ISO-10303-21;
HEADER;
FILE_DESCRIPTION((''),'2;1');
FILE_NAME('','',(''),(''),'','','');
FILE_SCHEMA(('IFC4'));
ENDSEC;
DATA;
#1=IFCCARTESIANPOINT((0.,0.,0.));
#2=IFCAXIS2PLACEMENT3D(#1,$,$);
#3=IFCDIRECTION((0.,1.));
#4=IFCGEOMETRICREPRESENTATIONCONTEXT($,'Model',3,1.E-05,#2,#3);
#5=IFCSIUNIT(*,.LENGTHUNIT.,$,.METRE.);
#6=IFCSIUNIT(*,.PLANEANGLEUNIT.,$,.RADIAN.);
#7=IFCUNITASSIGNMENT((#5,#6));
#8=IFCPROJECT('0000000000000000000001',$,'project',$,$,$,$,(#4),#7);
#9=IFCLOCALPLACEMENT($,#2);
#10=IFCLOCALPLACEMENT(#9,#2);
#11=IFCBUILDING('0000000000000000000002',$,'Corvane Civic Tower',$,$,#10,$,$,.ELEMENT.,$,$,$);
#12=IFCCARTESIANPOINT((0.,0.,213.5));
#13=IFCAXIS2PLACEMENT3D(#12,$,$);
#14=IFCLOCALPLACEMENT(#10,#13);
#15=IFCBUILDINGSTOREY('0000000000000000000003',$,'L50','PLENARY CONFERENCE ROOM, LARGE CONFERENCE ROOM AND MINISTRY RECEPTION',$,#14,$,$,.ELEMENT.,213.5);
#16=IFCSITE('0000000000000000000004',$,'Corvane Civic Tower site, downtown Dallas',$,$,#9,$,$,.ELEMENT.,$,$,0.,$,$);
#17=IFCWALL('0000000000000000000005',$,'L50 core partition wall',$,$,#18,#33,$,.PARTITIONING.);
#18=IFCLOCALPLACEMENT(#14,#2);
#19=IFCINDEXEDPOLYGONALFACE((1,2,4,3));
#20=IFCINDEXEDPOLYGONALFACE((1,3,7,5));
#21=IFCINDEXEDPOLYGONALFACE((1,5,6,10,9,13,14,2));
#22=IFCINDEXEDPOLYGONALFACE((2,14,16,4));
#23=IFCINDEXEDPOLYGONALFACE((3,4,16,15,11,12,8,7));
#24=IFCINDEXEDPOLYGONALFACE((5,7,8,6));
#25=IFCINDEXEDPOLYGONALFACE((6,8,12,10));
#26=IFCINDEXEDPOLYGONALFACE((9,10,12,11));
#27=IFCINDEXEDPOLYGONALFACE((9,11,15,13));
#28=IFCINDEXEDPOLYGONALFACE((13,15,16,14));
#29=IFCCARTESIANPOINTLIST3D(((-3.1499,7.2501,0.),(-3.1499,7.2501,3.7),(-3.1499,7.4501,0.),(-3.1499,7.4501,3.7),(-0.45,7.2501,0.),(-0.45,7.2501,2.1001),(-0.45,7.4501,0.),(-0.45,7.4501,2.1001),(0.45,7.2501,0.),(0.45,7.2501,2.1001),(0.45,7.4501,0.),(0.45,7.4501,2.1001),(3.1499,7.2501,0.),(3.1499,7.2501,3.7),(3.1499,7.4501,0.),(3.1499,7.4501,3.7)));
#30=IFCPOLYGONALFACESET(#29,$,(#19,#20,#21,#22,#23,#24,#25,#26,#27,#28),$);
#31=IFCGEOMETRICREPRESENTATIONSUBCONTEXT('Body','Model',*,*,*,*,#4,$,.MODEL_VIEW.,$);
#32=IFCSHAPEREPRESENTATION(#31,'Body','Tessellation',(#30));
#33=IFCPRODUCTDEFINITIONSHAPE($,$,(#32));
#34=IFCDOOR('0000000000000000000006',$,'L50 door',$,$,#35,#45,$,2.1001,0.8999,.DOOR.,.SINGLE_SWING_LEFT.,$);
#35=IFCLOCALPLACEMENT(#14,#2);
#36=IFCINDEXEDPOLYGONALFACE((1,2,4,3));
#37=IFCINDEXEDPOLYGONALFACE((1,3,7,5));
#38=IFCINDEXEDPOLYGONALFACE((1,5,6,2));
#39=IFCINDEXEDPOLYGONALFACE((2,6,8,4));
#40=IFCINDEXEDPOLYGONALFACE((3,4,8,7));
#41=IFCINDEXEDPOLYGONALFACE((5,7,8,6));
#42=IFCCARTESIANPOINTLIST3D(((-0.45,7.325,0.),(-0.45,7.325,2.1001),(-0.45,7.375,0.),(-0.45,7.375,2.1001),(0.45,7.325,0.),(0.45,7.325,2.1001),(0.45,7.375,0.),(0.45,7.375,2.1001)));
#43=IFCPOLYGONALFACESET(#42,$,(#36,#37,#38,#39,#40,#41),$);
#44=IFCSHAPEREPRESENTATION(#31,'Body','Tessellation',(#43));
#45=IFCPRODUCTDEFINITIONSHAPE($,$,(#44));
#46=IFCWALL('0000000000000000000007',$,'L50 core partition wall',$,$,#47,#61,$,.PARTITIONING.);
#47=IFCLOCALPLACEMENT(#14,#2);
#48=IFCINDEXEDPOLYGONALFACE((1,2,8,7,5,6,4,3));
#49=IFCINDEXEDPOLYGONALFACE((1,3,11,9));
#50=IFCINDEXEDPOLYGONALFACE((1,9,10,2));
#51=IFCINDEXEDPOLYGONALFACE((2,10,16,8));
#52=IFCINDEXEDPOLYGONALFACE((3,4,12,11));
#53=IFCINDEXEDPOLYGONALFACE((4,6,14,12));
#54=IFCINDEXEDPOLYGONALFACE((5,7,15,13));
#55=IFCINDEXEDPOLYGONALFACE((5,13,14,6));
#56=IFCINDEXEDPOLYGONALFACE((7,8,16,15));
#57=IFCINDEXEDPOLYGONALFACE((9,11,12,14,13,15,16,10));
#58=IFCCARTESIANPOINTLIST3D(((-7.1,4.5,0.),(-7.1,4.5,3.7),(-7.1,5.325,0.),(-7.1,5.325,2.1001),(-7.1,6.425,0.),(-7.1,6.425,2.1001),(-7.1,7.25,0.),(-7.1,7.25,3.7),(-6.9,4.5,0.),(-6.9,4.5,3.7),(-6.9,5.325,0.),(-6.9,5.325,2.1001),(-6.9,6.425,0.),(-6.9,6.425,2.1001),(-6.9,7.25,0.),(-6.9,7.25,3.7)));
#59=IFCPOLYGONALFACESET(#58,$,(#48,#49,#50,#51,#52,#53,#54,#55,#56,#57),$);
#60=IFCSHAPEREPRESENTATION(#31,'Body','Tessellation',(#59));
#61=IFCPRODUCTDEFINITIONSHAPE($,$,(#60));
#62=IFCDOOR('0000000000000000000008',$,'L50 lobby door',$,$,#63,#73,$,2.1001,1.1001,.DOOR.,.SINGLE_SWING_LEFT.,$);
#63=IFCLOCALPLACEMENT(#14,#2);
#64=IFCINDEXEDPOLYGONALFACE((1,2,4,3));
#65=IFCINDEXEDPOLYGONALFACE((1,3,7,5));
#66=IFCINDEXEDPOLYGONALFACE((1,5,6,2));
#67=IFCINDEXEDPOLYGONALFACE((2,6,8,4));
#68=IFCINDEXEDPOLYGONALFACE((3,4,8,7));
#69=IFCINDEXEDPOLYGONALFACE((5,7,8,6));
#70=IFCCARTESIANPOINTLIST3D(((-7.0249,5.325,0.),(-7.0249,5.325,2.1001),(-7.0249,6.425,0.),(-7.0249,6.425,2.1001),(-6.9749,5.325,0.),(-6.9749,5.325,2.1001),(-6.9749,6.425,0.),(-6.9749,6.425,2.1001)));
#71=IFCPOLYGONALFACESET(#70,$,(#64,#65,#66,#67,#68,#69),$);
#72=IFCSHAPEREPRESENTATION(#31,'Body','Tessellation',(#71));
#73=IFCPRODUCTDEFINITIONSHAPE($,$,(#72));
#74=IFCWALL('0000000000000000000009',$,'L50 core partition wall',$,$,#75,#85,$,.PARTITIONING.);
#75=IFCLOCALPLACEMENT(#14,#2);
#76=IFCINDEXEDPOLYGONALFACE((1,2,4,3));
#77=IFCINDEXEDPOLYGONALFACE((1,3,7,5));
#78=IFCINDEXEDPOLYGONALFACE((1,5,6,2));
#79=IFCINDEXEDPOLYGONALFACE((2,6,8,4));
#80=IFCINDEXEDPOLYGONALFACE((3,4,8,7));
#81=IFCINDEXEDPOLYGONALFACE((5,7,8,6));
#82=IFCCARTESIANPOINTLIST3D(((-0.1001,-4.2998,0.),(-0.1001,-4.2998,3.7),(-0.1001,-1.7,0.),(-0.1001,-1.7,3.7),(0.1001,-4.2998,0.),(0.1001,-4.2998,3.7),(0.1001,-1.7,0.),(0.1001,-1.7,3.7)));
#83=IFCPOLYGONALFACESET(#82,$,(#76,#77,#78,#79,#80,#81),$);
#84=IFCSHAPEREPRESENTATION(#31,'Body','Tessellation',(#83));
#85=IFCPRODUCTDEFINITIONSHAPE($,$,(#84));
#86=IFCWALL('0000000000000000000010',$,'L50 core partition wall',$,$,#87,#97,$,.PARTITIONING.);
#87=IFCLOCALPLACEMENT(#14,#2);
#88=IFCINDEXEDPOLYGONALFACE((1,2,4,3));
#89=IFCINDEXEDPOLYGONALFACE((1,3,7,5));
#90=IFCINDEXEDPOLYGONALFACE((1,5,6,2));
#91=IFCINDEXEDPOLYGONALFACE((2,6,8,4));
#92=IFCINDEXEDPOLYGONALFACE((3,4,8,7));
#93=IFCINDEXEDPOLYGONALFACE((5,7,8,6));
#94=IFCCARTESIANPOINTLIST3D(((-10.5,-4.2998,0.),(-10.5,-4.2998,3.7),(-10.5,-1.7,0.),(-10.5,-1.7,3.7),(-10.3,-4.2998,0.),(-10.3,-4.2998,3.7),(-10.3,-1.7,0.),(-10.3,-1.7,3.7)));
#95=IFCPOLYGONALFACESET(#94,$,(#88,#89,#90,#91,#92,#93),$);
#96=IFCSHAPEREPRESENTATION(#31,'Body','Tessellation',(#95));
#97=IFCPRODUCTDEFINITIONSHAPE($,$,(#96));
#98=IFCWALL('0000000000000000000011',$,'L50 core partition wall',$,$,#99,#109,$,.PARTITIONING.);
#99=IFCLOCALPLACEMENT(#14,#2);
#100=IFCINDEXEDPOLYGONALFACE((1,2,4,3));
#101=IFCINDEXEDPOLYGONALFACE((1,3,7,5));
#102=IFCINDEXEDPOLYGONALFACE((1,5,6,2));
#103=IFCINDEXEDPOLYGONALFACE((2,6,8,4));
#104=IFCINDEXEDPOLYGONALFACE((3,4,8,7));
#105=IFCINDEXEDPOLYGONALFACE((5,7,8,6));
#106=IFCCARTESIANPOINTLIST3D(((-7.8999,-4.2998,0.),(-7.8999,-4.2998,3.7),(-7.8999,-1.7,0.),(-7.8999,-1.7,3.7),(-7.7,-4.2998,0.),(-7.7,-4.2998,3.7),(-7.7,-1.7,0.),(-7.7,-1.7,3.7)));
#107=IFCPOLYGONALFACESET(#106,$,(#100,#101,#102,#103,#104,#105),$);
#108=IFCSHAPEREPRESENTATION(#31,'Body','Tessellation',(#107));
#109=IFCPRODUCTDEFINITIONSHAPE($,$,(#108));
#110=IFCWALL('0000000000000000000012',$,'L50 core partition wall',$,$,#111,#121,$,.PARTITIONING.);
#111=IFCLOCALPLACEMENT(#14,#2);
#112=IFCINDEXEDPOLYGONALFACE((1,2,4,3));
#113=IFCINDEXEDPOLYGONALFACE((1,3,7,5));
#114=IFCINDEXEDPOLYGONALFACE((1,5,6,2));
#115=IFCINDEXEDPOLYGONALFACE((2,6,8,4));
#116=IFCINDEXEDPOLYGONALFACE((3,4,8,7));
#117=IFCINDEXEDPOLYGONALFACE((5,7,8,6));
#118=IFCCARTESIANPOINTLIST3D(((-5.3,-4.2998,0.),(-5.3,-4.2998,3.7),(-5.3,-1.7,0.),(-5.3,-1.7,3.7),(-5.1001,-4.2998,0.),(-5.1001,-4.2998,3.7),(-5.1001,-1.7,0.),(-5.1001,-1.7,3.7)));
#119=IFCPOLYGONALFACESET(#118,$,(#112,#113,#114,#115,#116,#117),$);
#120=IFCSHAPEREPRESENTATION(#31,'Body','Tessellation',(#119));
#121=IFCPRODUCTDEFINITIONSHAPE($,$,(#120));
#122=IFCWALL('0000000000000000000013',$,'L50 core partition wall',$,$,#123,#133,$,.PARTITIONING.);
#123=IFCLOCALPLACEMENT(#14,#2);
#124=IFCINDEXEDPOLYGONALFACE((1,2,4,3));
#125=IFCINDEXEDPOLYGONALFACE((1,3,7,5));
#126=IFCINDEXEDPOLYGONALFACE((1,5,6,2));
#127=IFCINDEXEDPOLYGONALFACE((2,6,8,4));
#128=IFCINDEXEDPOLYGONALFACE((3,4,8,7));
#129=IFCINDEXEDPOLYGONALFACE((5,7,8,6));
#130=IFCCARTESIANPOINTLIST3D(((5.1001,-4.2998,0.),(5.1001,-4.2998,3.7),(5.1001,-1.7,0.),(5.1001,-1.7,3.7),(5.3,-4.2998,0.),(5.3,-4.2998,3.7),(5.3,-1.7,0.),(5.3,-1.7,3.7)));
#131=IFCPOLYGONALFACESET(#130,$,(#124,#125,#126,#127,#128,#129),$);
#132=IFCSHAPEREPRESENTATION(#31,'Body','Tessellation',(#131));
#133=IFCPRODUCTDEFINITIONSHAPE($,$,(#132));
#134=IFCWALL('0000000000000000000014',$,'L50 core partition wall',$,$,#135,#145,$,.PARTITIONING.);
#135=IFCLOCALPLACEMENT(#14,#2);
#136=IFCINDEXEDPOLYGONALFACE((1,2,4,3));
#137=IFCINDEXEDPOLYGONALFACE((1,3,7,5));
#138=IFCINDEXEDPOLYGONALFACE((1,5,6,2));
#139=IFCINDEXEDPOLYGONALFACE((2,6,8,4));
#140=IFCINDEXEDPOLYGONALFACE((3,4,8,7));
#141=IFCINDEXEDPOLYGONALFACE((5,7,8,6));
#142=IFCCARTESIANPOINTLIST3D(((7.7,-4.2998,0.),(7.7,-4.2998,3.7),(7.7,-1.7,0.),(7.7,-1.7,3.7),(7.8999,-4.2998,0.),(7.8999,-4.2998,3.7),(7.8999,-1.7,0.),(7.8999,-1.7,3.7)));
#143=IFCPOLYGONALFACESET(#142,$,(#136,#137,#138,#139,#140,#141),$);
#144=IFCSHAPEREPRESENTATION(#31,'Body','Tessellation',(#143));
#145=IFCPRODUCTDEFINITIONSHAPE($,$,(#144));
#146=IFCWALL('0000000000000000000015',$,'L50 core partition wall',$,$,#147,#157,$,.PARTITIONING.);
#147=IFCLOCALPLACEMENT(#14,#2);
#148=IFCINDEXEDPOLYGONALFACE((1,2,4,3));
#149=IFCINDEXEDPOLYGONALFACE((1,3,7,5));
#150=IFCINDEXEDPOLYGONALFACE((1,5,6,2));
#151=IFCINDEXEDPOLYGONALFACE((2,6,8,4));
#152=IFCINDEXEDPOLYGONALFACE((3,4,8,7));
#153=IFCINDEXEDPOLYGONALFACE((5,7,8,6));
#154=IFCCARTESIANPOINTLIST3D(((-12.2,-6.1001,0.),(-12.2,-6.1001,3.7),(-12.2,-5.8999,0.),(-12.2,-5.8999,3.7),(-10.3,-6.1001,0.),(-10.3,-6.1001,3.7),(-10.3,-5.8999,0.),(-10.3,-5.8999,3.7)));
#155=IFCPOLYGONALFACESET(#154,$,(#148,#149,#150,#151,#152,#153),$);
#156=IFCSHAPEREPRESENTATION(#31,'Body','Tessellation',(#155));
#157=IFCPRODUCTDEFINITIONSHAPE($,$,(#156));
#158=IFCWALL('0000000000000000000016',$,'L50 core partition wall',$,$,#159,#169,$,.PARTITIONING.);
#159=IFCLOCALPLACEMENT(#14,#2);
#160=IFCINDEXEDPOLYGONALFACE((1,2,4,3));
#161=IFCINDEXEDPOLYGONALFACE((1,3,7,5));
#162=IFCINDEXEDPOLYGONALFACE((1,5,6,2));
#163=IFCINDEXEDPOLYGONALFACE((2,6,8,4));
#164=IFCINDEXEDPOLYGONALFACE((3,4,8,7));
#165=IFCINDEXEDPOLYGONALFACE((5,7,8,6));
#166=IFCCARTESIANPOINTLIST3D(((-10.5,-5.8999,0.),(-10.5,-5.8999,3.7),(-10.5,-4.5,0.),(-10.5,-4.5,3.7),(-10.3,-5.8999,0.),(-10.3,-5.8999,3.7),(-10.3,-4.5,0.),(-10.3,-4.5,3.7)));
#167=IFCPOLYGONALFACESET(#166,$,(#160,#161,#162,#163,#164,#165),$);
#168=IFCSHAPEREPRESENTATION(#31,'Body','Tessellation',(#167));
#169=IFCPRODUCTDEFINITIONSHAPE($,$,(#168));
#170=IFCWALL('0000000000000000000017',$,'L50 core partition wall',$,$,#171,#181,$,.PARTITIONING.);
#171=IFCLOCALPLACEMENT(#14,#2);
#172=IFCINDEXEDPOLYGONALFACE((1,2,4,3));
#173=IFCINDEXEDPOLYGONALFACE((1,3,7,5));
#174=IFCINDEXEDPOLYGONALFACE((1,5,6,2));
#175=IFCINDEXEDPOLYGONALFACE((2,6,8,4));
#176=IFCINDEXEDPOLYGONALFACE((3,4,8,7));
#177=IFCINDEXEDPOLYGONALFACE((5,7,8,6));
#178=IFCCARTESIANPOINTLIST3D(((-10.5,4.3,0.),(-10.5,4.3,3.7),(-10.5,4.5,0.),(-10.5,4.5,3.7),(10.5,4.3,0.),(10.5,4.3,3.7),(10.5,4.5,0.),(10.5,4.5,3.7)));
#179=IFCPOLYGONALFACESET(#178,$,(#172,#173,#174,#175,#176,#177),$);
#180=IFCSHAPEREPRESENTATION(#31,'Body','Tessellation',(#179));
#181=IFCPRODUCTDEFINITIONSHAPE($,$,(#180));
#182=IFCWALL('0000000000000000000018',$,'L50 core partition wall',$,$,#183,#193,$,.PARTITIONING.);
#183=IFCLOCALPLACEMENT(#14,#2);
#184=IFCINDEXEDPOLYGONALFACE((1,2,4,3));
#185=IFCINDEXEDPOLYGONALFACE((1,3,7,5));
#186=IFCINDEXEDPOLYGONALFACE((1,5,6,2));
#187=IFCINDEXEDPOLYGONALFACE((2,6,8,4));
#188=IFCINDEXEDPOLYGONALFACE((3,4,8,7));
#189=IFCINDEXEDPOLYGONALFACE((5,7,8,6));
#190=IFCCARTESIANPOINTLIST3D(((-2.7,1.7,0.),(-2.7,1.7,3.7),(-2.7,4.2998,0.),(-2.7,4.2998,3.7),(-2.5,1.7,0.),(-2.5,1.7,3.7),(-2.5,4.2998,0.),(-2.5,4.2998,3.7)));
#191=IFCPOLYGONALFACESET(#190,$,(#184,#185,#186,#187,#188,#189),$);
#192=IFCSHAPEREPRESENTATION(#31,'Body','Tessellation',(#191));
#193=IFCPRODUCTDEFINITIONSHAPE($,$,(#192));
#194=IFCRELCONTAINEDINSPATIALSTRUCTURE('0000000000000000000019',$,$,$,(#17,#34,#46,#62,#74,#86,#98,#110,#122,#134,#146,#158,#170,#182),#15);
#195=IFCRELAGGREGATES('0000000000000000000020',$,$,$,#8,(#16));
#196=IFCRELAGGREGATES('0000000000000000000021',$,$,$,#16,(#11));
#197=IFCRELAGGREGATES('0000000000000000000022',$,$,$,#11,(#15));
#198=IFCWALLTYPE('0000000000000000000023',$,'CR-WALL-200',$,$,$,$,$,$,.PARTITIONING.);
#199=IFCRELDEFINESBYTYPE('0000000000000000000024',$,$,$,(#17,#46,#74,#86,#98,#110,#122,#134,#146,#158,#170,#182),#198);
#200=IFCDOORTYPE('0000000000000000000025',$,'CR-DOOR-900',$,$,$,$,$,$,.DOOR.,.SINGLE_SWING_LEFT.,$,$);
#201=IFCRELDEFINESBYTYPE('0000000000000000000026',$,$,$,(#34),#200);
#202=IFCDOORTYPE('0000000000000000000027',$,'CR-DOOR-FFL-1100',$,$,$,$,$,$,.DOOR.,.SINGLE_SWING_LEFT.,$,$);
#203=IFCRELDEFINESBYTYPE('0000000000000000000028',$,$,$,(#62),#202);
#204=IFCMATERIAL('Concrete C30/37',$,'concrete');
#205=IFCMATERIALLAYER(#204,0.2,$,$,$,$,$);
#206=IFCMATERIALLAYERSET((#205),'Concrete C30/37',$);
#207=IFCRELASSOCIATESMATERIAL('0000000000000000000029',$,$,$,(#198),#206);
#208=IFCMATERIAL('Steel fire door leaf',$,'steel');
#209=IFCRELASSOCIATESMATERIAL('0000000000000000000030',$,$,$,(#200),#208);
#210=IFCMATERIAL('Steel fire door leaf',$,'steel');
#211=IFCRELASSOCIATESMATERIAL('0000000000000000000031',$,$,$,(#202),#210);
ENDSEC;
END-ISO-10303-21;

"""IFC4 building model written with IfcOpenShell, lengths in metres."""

from ifc_helpers import new_model, si_unit, direction, frame, frame_2d, origin, place, context, subcontext, project, spatial, polyline, rectangle, outline, extrude, material, layer, layer_set, type_object, element, fill, save


model = new_model("IFC4")

# Units and contexts
model_context = context("Model", 3, precision=1e-05, world=origin(), true_north=direction((0.0, 1.0)))
body_context = subcontext(model_context, "Body", "Model", "MODEL_VIEW")
ifc_project = project(units=[si_unit("LENGTHUNIT", "METRE"), si_unit("PLANEANGLEUNIT", "RADIAN")], contexts=[model_context])

# Site, building, storey
site_placement = place(None, origin())
site = spatial("IfcSite", under=ifc_project, at=site_placement, Name="Corvane Civic Tower site, downtown Dallas", CompositionType="ELEMENT", RefElevation=0.0)
building_placement = place(site_placement, origin())
building = spatial("IfcBuilding", under=site, at=building_placement, Name="Corvane Civic Tower", CompositionType="ELEMENT")
storey_placement = place(building_placement, frame((0.0, 0.0, 213.5)))
storey = spatial("IfcBuildingStorey", under=building, at=storey_placement, Name="L50", Description="PLENARY CONFERENCE ROOM, LARGE CONFERENCE ROOM AND MINISTRY RECEPTION", CompositionType="ELEMENT", Elevation=213.5)

# Walls, openings, doors
ifc_material_1 = material(Name="Concrete C30/37", Category="concrete")
ifc_layer_1 = layer(ifc_material_1, 0.2)
ifc_layer_set_1 = layer_set([ifc_layer_1], Name="Concrete C30/37")
wall_type_1 = type_object("IfcWallType", Name="CR-WALL-200", PredefinedType="PARTITIONING", material=ifc_layer_set_1)
wall_1_placement = place(storey_placement, frame((-3.1499, 7.3501, 0.0), z_axis=(0.0, 0.0, 1.0), x_axis=(1.0, 0.0, 0.0)))
wall_1 = element("IfcWall", 1, at=wall_1_placement, inside=storey, type_object=wall_type_1, Name="L50 core partition wall", PredefinedType="PARTITIONING", context=body_context, shape_type="SweptSolid", body=[
    extrude(rectangle(XDim=6.2998, YDim=0.2, at=frame_2d((3.1499, 0.0))), origin(), (0.0, 0.0, 1.0), 3.7),
])
opening_1_placement = place(wall_1_placement, frame((2.7, 0.0, 0.0)))
opening_1 = element("IfcOpeningElement", 2, at=opening_1_placement, cuts=wall_1, PredefinedType="OPENING", context=body_context, shape_type="SweptSolid", body=[
    extrude(rectangle(XDim=0.8999, YDim=2.1001, at=frame_2d((0.45, 1.05))), frame((0.0, 0.1099, 0.0), z_axis=(0.0, -1.0, 0.0), x_axis=(1.0, 0.0, 0.0)), (0.0, 0.0, 1.0), 0.22),
])
ifc_material_2 = material(Name="Steel fire door leaf", Category="steel")
door_type_1 = type_object("IfcDoorType", Name="CR-DOOR-900", OperationType="SINGLE_SWING_LEFT", PredefinedType="DOOR", material=ifc_material_2)
door_1_placement = place(opening_1_placement, origin())
door_1 = element("IfcDoor", 3, at=door_1_placement, inside=storey, type_object=door_type_1, Name="L50 door", OperationType="SINGLE_SWING_LEFT", OverallHeight=2.1001, OverallWidth=0.8999, PredefinedType="DOOR", context=body_context, shape_type="SweptSolid", body=[
    extrude(rectangle(XDim=0.8999, YDim=2.1001, at=frame_2d((0.45, 1.05))), frame((0.0, 0.0249, 0.0), z_axis=(0.0, -1.0, 0.0), x_axis=(1.0, 0.0, 0.0)), (0.0, 0.0, 1.0), 0.05),
])
fill(opening_1, door_1)
wall_2_placement = place(storey_placement, frame((-7.0, 4.5, 0.0), z_axis=(0.0, 0.0, 1.0), x_axis=(0.0, 1.0, 0.0)))
wall_2 = element("IfcWall", 4, at=wall_2_placement, inside=storey, type_object=wall_type_1, Name="L50 core partition wall", PredefinedType="PARTITIONING", context=body_context, shape_type="SweptSolid", body=[
    extrude(rectangle(XDim=2.75, YDim=0.2, at=frame_2d((1.375, 0.0))), origin(), (0.0, 0.0, 1.0), 3.7),
])
opening_2_placement = place(wall_2_placement, frame((0.825, 0.0, 0.0)))
opening_2 = element("IfcOpeningElement", 5, at=opening_2_placement, cuts=wall_2, PredefinedType="OPENING", context=body_context, shape_type="SweptSolid", body=[
    extrude(rectangle(XDim=1.1001, YDim=2.1001, at=frame_2d((0.55, 1.05))), frame((0.0, 0.1099, 0.0), z_axis=(0.0, -1.0, 0.0), x_axis=(1.0, 0.0, 0.0)), (0.0, 0.0, 1.0), 0.22),
])
ifc_material_3 = material(Name="Steel fire door leaf", Category="steel")
door_type_2 = type_object("IfcDoorType", Name="CR-DOOR-FFL-1100", OperationType="SINGLE_SWING_LEFT", PredefinedType="DOOR", material=ifc_material_3)
door_2_placement = place(opening_2_placement, origin())
door_2 = element("IfcDoor", 6, at=door_2_placement, inside=storey, type_object=door_type_2, Name="L50 lobby door", OperationType="SINGLE_SWING_LEFT", OverallHeight=2.1001, OverallWidth=1.1001, PredefinedType="DOOR", context=body_context, shape_type="SweptSolid", body=[
    extrude(rectangle(XDim=1.1001, YDim=2.1001, at=frame_2d((0.55, 1.05))), frame((0.0, 0.0249, 0.0), z_axis=(0.0, -1.0, 0.0), x_axis=(1.0, 0.0, 0.0)), (0.0, 0.0, 1.0), 0.05),
])
fill(opening_2, door_2)

# Walls
wall_3_placement = place(storey_placement, origin())
element("IfcWall", 7, at=wall_3_placement, inside=storey, type_object=wall_type_1, Name="L50 core partition wall", PredefinedType="PARTITIONING", context=body_context, shape_type="SweptSolid", body=[
    extrude(outline(polyline([(0.1001, -1.7), (0.1001, -4.2998), (-0.1001, -4.2998), (-0.1001, -1.7), (0.1001, -1.7)])), origin(), (0.0, 0.0, 1.0), 3.7),
])
wall_4_placement = place(storey_placement, origin())
element("IfcWall", 8, at=wall_4_placement, inside=storey, type_object=wall_type_1, Name="L50 core partition wall", PredefinedType="PARTITIONING", context=body_context, shape_type="SweptSolid", body=[
    extrude(outline(polyline([(-10.3, -1.7), (-10.3, -4.2998), (-10.5, -4.2998), (-10.5, -1.7), (-10.3, -1.7)])), origin(), (0.0, 0.0, 1.0), 3.7),
])
wall_5_placement = place(storey_placement, origin())
element("IfcWall", 9, at=wall_5_placement, inside=storey, type_object=wall_type_1, Name="L50 core partition wall", PredefinedType="PARTITIONING", context=body_context, shape_type="SweptSolid", body=[
    extrude(outline(polyline([(-7.7, -1.7), (-7.7, -4.2998), (-7.8999, -4.2998), (-7.8999, -1.7), (-7.7, -1.7)])), origin(), (0.0, 0.0, 1.0), 3.7),
])
wall_6_placement = place(storey_placement, origin())
element("IfcWall", 10, at=wall_6_placement, inside=storey, type_object=wall_type_1, Name="L50 core partition wall", PredefinedType="PARTITIONING", context=body_context, shape_type="SweptSolid", body=[
    extrude(outline(polyline([(-5.1001, -1.7), (-5.1001, -4.2998), (-5.3, -4.2998), (-5.3, -1.7), (-5.1001, -1.7)])), origin(), (0.0, 0.0, 1.0), 3.7),
])
wall_7_placement = place(storey_placement, origin())
element("IfcWall", 11, at=wall_7_placement, inside=storey, type_object=wall_type_1, Name="L50 core partition wall", PredefinedType="PARTITIONING", context=body_context, shape_type="SweptSolid", body=[
    extrude(outline(polyline([(5.3, -1.7), (5.3, -4.2998), (5.1001, -4.2998), (5.1001, -1.7), (5.3, -1.7)])), origin(), (0.0, 0.0, 1.0), 3.7),
])
wall_8_placement = place(storey_placement, origin())
element("IfcWall", 12, at=wall_8_placement, inside=storey, type_object=wall_type_1, Name="L50 core partition wall", PredefinedType="PARTITIONING", context=body_context, shape_type="SweptSolid", body=[
    extrude(outline(polyline([(7.8999, -1.7), (7.8999, -4.2998), (7.7, -4.2998), (7.7, -1.7), (7.8999, -1.7)])), origin(), (0.0, 0.0, 1.0), 3.7),
])
wall_9_placement = place(storey_placement, origin())
element("IfcWall", 13, at=wall_9_placement, inside=storey, type_object=wall_type_1, Name="L50 core partition wall", PredefinedType="PARTITIONING", context=body_context, shape_type="SweptSolid", body=[
    extrude(outline(polyline([(-10.3, -6.1001), (-12.2, -6.1001), (-12.2, -5.8999), (-10.3, -5.8999), (-10.3, -6.1001)])), origin(), (0.0, 0.0, 1.0), 3.7),
])
wall_10_placement = place(storey_placement, origin())
element("IfcWall", 14, at=wall_10_placement, inside=storey, type_object=wall_type_1, Name="L50 core partition wall", PredefinedType="PARTITIONING", context=body_context, shape_type="SweptSolid", body=[
    extrude(outline(polyline([(-10.3, -5.8999), (-10.5, -5.8999), (-10.5, -4.5), (-10.3, -4.5), (-10.3, -5.8999)])), origin(), (0.0, 0.0, 1.0), 3.7),
])
wall_11_placement = place(storey_placement, origin())
element("IfcWall", 15, at=wall_11_placement, inside=storey, type_object=wall_type_1, Name="L50 core partition wall", PredefinedType="PARTITIONING", context=body_context, shape_type="SweptSolid", body=[
    extrude(outline(polyline([(10.5, 4.5), (10.5, 4.3), (-10.5, 4.3), (-10.5, 4.5), (10.5, 4.5)])), origin(), (0.0, 0.0, 1.0), 3.7),
])
wall_12_placement = place(storey_placement, origin())
element("IfcWall", 16, at=wall_12_placement, inside=storey, type_object=wall_type_1, Name="L50 core partition wall", PredefinedType="PARTITIONING", context=body_context, shape_type="SweptSolid", body=[
    extrude(outline(polyline([(-2.5, 1.7), (-2.7, 1.7), (-2.7, 4.2998), (-2.5, 4.2998), (-2.5, 1.7)])), origin(), (0.0, 0.0, 1.0), 3.7),
])

save(model, "model.ifc")
